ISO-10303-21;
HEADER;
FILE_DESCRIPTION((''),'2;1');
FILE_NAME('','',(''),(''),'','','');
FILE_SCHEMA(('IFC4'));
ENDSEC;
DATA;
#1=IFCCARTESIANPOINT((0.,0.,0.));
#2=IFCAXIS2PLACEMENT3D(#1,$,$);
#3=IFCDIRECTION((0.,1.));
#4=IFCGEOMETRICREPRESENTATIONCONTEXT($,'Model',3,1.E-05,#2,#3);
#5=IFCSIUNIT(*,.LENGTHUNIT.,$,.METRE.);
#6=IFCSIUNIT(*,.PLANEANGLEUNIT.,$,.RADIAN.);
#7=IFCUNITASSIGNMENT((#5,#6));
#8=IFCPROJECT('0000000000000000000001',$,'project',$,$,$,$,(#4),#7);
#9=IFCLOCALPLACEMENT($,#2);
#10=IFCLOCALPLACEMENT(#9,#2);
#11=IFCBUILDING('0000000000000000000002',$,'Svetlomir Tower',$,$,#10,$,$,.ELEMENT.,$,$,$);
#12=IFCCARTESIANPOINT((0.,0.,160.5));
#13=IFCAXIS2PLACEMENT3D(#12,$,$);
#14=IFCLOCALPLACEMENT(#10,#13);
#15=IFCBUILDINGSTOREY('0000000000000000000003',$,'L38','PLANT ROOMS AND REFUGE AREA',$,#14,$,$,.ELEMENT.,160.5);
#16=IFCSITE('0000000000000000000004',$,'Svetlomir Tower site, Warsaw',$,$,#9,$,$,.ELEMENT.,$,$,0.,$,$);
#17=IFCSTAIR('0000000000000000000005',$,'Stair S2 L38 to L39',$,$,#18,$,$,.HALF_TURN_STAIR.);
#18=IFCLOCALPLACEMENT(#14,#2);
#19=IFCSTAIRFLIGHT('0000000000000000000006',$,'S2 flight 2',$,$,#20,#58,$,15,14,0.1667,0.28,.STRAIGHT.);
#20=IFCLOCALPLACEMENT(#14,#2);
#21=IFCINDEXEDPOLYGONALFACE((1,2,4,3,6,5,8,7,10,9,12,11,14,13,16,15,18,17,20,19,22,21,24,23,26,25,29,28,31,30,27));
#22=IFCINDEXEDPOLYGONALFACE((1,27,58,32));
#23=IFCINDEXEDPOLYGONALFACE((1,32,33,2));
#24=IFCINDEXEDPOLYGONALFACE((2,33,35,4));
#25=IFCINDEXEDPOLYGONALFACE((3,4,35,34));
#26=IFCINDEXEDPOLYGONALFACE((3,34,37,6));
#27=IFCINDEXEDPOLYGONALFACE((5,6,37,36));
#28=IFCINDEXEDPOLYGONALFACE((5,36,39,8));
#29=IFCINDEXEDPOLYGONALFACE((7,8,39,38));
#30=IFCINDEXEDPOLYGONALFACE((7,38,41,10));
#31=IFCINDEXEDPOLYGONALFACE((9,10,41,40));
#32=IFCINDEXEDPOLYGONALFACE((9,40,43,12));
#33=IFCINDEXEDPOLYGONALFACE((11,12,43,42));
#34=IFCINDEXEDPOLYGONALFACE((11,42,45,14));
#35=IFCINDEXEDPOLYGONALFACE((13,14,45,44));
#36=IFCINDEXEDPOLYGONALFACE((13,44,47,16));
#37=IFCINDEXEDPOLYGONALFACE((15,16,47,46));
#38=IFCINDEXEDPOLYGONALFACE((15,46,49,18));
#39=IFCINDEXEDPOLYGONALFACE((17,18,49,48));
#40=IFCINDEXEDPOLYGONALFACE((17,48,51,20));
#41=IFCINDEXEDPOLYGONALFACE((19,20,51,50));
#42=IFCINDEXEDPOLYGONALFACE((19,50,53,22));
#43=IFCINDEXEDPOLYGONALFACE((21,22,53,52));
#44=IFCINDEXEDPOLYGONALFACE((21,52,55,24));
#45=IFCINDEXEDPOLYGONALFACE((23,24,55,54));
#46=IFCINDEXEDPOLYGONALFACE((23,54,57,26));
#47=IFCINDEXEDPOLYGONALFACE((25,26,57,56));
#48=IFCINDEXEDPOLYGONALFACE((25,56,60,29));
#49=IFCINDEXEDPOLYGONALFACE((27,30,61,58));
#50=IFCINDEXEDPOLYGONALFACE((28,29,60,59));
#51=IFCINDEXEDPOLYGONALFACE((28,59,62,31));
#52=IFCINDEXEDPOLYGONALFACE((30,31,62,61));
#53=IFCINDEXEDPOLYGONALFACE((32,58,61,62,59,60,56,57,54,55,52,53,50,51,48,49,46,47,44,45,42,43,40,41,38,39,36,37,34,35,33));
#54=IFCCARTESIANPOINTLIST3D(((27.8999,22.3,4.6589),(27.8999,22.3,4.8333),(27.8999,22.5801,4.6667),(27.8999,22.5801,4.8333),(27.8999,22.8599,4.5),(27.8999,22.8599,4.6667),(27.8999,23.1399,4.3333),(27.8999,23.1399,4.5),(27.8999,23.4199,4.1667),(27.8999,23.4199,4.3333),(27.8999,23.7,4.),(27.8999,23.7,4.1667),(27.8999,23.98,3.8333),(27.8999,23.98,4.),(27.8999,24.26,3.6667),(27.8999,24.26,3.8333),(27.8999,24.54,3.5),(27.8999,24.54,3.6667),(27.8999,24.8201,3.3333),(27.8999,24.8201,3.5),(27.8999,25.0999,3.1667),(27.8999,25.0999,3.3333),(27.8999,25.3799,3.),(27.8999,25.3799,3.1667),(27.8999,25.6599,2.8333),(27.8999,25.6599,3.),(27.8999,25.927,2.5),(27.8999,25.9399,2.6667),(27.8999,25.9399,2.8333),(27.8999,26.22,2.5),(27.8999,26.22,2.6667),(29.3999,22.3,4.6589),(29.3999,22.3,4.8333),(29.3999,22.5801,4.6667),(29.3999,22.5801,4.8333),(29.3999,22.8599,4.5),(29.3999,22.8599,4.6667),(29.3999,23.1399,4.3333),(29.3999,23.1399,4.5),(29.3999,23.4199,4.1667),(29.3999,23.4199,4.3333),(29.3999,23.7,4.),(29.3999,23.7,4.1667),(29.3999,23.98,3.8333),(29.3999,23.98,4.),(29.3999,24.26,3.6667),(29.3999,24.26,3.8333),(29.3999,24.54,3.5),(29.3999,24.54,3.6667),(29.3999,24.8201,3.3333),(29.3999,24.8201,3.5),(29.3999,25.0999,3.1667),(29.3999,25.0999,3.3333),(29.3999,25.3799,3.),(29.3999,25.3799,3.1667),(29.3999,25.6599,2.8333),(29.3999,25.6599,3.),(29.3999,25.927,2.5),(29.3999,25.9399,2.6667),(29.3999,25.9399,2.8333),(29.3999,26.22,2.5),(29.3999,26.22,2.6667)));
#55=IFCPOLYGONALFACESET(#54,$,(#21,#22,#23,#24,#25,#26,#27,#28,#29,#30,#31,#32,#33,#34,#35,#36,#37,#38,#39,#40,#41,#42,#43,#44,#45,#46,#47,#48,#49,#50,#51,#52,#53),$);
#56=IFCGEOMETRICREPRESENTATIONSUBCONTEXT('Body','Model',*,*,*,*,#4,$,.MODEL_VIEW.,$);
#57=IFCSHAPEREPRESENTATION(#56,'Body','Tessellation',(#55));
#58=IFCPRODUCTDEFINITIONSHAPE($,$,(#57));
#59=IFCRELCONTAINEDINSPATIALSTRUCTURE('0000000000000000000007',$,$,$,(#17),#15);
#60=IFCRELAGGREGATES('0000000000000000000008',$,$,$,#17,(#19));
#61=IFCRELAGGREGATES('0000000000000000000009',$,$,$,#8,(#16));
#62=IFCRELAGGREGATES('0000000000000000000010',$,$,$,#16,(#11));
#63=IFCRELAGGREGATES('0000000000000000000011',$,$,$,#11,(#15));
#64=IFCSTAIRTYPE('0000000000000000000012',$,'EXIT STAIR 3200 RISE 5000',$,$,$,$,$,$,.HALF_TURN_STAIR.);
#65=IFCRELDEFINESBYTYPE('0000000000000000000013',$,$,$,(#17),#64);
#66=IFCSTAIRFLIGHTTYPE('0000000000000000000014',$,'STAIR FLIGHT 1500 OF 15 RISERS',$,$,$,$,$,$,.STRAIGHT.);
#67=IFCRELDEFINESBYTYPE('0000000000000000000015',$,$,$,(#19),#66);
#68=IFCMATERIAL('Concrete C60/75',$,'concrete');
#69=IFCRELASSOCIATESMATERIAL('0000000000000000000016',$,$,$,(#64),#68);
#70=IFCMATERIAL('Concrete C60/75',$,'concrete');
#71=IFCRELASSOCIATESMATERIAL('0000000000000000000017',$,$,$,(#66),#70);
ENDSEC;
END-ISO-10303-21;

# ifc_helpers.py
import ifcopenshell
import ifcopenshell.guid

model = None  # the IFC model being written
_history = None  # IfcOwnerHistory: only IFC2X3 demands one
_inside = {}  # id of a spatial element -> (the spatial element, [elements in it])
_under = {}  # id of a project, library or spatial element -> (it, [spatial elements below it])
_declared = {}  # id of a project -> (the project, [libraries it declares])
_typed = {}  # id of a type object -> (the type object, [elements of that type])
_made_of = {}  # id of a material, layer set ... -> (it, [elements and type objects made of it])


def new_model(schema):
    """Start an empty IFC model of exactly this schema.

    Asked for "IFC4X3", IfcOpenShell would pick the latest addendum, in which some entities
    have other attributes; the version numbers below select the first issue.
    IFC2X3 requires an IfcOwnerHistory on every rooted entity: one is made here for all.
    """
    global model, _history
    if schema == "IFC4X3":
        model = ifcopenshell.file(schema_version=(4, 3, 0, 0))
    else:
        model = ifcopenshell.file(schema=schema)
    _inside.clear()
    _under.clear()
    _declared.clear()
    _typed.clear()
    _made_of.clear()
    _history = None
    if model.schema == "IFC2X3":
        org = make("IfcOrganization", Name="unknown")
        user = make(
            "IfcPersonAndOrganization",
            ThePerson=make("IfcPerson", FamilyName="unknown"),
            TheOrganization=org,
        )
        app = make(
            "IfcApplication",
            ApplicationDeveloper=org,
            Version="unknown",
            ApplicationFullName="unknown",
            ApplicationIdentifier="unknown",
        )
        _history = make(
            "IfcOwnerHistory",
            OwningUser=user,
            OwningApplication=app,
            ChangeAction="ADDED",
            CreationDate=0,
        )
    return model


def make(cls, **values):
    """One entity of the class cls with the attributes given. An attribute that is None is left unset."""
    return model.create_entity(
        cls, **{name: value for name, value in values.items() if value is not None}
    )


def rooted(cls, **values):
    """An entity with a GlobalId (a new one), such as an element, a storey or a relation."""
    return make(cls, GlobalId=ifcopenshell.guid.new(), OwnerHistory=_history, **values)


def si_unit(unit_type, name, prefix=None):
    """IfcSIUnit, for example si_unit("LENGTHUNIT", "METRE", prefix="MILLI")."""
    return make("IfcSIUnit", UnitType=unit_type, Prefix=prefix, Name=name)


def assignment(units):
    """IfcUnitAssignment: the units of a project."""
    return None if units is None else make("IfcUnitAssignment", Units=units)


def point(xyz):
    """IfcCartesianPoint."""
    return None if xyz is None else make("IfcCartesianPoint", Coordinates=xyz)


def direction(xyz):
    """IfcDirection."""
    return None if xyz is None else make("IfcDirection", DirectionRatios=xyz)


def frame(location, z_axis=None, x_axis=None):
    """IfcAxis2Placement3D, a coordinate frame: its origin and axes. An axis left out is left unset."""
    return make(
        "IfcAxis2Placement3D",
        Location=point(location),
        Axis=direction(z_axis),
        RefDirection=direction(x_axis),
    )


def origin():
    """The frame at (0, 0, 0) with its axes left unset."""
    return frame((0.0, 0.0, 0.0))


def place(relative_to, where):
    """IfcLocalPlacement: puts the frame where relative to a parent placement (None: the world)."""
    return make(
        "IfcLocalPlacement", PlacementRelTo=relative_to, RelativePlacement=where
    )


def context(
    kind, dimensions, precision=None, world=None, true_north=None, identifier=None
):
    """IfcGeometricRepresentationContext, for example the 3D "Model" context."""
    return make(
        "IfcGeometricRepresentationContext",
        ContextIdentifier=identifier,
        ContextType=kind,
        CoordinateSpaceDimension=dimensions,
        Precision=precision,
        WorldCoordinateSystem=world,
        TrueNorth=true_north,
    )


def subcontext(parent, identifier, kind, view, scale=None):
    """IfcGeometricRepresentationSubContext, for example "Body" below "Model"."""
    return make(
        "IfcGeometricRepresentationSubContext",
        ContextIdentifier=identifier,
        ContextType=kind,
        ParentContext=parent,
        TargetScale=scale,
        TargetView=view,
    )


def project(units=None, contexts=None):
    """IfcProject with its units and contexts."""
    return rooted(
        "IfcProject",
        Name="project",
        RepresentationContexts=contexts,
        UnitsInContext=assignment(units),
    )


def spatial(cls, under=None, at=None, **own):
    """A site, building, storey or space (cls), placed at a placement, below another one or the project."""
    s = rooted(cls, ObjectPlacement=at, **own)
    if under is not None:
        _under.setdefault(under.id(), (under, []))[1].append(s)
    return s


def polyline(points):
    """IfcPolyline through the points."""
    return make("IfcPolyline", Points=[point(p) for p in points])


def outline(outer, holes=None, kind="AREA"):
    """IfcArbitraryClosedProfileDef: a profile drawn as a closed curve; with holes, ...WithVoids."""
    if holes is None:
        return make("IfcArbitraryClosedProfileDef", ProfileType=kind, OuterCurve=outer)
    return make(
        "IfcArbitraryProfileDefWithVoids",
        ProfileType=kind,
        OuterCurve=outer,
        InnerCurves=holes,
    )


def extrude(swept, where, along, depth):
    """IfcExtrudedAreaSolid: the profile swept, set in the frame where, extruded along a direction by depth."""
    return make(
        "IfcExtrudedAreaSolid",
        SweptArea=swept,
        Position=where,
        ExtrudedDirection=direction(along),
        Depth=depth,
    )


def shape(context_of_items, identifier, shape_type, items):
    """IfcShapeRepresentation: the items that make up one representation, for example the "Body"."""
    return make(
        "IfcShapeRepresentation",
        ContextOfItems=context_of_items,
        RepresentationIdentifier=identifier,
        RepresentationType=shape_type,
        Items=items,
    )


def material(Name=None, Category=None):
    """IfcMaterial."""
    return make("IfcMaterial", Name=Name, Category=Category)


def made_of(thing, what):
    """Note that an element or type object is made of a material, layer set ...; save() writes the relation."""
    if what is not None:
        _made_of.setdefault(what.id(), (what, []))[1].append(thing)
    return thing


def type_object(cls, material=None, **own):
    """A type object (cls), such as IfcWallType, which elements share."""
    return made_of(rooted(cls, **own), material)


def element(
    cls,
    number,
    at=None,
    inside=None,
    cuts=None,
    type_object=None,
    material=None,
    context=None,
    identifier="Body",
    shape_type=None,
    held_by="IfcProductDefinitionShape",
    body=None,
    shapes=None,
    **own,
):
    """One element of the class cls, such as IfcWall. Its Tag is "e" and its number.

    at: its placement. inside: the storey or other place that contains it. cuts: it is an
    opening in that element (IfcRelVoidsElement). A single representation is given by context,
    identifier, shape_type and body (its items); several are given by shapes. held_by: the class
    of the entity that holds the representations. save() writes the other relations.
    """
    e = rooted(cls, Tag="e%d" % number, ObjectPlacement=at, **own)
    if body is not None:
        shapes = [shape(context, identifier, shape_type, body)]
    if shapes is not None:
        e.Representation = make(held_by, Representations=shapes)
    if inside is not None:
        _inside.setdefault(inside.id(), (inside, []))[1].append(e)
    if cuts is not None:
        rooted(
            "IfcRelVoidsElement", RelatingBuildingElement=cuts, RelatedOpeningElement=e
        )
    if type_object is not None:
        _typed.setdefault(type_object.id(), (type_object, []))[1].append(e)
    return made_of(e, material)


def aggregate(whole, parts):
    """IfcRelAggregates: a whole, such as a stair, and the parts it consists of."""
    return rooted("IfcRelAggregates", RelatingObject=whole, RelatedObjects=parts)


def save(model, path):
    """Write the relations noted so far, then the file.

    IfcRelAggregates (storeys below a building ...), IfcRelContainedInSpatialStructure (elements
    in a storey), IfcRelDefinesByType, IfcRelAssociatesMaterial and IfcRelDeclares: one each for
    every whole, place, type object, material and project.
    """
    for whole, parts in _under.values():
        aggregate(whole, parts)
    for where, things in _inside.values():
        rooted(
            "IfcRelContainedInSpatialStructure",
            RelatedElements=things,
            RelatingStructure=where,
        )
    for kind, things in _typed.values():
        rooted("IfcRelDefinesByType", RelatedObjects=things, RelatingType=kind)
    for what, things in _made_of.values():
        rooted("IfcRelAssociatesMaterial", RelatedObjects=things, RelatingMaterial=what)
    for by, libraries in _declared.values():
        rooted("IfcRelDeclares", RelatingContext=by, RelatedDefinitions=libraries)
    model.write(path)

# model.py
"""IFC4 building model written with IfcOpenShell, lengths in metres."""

from ifc_helpers import new_model, si_unit, direction, frame, origin, place, context, subcontext, project, spatial, polyline, outline, extrude, material, type_object, element, aggregate, save


model = new_model("IFC4")

# Units and contexts
model_context = context("Model", 3, precision=1e-05, world=origin(), true_north=direction((0.0, 1.0)))
body_context = subcontext(model_context, "Body", "Model", "MODEL_VIEW")
ifc_project = project(units=[si_unit("LENGTHUNIT", "METRE"), si_unit("PLANEANGLEUNIT", "RADIAN")], contexts=[model_context])

# Site, building, storey
site_placement = place(None, origin())
site = spatial("IfcSite", under=ifc_project, at=site_placement, Name="Svetlomir Tower site, Warsaw", CompositionType="ELEMENT", RefElevation=0.0)
building_placement = place(site_placement, origin())
building = spatial("IfcBuilding", under=site, at=building_placement, Name="Svetlomir Tower", CompositionType="ELEMENT")
storey_placement = place(building_placement, frame((0.0, 0.0, 160.5)))
storey = spatial("IfcBuildingStorey", under=building, at=storey_placement, Name="L38", Description="PLANT ROOMS AND REFUGE AREA", CompositionType="ELEMENT", Elevation=160.5)

# Stair, stair flight
ifc_material_1 = material(Name="Concrete C60/75", Category="concrete")
stair_type = type_object("IfcStairType", Name="EXIT STAIR 3200 RISE 5000", PredefinedType="HALF_TURN_STAIR", material=ifc_material_1)
stair_placement = place(storey_placement, origin())
stair = element("IfcStair", 1, at=stair_placement, inside=storey, type_object=stair_type, Name="Stair S2 L38 to L39", PredefinedType="HALF_TURN_STAIR")
ifc_material_2 = material(Name="Concrete C60/75", Category="concrete")
stair_flight_type = type_object("IfcStairFlightType", Name="STAIR FLIGHT 1500 OF 15 RISERS", PredefinedType="STRAIGHT", material=ifc_material_2)
stair_flight_1_placement = place(storey_placement, frame((28.6499, 26.22, 2.5), z_axis=(0.0, 0.0, 1.0), x_axis=(0.0, -1.0, 0.0)))
stair_flight_1 = element("IfcStairFlight", 2, at=stair_flight_1_placement, type_object=stair_flight_type, Name="S2 flight 2", NumberOfRisers=15, NumberOfTreads=14, PredefinedType="STRAIGHT", RiserHeight=0.1667, TreadLength=0.28, context=body_context, shape_type="SweptSolid", body=[
    extrude(outline(polyline([(0.0, 0.0), (0.0, 0.1667), (0.28, 0.1667), (0.28, 0.3333), (0.5601, 0.3333), (0.5601, 0.5), (0.8401, 0.5), (0.8401, 0.6667), (1.1201, 0.6667), (1.1201, 0.8333), (1.3999, 0.8333), (1.3999, 1.0), (1.6799, 1.0), (1.6799, 1.1667), (1.96, 1.1667), (1.96, 1.3333), (2.24, 1.3333), (2.24, 1.5), (2.52, 1.5), (2.52, 1.6667), (2.8, 1.6667), (2.8, 1.8333), (3.0801, 1.8333), (3.0801, 2.0), (3.3601, 2.0), (3.3601, 2.1667), (3.6399, 2.1667), (3.6399, 2.3333), (3.9199, 2.3333), (3.9199, 2.5), (3.9199, 2.1589), (0.293, 0.0), (0.0, 0.0)])), frame((0.0, 0.75, 0.0), z_axis=(0.0, -1.0, 0.0), x_axis=(1.0, 0.0, 0.0)), (0.0, 0.0, 1.0), 1.5),
])
aggregate(stair, [stair_flight_1])

save(model, "model.ifc")
